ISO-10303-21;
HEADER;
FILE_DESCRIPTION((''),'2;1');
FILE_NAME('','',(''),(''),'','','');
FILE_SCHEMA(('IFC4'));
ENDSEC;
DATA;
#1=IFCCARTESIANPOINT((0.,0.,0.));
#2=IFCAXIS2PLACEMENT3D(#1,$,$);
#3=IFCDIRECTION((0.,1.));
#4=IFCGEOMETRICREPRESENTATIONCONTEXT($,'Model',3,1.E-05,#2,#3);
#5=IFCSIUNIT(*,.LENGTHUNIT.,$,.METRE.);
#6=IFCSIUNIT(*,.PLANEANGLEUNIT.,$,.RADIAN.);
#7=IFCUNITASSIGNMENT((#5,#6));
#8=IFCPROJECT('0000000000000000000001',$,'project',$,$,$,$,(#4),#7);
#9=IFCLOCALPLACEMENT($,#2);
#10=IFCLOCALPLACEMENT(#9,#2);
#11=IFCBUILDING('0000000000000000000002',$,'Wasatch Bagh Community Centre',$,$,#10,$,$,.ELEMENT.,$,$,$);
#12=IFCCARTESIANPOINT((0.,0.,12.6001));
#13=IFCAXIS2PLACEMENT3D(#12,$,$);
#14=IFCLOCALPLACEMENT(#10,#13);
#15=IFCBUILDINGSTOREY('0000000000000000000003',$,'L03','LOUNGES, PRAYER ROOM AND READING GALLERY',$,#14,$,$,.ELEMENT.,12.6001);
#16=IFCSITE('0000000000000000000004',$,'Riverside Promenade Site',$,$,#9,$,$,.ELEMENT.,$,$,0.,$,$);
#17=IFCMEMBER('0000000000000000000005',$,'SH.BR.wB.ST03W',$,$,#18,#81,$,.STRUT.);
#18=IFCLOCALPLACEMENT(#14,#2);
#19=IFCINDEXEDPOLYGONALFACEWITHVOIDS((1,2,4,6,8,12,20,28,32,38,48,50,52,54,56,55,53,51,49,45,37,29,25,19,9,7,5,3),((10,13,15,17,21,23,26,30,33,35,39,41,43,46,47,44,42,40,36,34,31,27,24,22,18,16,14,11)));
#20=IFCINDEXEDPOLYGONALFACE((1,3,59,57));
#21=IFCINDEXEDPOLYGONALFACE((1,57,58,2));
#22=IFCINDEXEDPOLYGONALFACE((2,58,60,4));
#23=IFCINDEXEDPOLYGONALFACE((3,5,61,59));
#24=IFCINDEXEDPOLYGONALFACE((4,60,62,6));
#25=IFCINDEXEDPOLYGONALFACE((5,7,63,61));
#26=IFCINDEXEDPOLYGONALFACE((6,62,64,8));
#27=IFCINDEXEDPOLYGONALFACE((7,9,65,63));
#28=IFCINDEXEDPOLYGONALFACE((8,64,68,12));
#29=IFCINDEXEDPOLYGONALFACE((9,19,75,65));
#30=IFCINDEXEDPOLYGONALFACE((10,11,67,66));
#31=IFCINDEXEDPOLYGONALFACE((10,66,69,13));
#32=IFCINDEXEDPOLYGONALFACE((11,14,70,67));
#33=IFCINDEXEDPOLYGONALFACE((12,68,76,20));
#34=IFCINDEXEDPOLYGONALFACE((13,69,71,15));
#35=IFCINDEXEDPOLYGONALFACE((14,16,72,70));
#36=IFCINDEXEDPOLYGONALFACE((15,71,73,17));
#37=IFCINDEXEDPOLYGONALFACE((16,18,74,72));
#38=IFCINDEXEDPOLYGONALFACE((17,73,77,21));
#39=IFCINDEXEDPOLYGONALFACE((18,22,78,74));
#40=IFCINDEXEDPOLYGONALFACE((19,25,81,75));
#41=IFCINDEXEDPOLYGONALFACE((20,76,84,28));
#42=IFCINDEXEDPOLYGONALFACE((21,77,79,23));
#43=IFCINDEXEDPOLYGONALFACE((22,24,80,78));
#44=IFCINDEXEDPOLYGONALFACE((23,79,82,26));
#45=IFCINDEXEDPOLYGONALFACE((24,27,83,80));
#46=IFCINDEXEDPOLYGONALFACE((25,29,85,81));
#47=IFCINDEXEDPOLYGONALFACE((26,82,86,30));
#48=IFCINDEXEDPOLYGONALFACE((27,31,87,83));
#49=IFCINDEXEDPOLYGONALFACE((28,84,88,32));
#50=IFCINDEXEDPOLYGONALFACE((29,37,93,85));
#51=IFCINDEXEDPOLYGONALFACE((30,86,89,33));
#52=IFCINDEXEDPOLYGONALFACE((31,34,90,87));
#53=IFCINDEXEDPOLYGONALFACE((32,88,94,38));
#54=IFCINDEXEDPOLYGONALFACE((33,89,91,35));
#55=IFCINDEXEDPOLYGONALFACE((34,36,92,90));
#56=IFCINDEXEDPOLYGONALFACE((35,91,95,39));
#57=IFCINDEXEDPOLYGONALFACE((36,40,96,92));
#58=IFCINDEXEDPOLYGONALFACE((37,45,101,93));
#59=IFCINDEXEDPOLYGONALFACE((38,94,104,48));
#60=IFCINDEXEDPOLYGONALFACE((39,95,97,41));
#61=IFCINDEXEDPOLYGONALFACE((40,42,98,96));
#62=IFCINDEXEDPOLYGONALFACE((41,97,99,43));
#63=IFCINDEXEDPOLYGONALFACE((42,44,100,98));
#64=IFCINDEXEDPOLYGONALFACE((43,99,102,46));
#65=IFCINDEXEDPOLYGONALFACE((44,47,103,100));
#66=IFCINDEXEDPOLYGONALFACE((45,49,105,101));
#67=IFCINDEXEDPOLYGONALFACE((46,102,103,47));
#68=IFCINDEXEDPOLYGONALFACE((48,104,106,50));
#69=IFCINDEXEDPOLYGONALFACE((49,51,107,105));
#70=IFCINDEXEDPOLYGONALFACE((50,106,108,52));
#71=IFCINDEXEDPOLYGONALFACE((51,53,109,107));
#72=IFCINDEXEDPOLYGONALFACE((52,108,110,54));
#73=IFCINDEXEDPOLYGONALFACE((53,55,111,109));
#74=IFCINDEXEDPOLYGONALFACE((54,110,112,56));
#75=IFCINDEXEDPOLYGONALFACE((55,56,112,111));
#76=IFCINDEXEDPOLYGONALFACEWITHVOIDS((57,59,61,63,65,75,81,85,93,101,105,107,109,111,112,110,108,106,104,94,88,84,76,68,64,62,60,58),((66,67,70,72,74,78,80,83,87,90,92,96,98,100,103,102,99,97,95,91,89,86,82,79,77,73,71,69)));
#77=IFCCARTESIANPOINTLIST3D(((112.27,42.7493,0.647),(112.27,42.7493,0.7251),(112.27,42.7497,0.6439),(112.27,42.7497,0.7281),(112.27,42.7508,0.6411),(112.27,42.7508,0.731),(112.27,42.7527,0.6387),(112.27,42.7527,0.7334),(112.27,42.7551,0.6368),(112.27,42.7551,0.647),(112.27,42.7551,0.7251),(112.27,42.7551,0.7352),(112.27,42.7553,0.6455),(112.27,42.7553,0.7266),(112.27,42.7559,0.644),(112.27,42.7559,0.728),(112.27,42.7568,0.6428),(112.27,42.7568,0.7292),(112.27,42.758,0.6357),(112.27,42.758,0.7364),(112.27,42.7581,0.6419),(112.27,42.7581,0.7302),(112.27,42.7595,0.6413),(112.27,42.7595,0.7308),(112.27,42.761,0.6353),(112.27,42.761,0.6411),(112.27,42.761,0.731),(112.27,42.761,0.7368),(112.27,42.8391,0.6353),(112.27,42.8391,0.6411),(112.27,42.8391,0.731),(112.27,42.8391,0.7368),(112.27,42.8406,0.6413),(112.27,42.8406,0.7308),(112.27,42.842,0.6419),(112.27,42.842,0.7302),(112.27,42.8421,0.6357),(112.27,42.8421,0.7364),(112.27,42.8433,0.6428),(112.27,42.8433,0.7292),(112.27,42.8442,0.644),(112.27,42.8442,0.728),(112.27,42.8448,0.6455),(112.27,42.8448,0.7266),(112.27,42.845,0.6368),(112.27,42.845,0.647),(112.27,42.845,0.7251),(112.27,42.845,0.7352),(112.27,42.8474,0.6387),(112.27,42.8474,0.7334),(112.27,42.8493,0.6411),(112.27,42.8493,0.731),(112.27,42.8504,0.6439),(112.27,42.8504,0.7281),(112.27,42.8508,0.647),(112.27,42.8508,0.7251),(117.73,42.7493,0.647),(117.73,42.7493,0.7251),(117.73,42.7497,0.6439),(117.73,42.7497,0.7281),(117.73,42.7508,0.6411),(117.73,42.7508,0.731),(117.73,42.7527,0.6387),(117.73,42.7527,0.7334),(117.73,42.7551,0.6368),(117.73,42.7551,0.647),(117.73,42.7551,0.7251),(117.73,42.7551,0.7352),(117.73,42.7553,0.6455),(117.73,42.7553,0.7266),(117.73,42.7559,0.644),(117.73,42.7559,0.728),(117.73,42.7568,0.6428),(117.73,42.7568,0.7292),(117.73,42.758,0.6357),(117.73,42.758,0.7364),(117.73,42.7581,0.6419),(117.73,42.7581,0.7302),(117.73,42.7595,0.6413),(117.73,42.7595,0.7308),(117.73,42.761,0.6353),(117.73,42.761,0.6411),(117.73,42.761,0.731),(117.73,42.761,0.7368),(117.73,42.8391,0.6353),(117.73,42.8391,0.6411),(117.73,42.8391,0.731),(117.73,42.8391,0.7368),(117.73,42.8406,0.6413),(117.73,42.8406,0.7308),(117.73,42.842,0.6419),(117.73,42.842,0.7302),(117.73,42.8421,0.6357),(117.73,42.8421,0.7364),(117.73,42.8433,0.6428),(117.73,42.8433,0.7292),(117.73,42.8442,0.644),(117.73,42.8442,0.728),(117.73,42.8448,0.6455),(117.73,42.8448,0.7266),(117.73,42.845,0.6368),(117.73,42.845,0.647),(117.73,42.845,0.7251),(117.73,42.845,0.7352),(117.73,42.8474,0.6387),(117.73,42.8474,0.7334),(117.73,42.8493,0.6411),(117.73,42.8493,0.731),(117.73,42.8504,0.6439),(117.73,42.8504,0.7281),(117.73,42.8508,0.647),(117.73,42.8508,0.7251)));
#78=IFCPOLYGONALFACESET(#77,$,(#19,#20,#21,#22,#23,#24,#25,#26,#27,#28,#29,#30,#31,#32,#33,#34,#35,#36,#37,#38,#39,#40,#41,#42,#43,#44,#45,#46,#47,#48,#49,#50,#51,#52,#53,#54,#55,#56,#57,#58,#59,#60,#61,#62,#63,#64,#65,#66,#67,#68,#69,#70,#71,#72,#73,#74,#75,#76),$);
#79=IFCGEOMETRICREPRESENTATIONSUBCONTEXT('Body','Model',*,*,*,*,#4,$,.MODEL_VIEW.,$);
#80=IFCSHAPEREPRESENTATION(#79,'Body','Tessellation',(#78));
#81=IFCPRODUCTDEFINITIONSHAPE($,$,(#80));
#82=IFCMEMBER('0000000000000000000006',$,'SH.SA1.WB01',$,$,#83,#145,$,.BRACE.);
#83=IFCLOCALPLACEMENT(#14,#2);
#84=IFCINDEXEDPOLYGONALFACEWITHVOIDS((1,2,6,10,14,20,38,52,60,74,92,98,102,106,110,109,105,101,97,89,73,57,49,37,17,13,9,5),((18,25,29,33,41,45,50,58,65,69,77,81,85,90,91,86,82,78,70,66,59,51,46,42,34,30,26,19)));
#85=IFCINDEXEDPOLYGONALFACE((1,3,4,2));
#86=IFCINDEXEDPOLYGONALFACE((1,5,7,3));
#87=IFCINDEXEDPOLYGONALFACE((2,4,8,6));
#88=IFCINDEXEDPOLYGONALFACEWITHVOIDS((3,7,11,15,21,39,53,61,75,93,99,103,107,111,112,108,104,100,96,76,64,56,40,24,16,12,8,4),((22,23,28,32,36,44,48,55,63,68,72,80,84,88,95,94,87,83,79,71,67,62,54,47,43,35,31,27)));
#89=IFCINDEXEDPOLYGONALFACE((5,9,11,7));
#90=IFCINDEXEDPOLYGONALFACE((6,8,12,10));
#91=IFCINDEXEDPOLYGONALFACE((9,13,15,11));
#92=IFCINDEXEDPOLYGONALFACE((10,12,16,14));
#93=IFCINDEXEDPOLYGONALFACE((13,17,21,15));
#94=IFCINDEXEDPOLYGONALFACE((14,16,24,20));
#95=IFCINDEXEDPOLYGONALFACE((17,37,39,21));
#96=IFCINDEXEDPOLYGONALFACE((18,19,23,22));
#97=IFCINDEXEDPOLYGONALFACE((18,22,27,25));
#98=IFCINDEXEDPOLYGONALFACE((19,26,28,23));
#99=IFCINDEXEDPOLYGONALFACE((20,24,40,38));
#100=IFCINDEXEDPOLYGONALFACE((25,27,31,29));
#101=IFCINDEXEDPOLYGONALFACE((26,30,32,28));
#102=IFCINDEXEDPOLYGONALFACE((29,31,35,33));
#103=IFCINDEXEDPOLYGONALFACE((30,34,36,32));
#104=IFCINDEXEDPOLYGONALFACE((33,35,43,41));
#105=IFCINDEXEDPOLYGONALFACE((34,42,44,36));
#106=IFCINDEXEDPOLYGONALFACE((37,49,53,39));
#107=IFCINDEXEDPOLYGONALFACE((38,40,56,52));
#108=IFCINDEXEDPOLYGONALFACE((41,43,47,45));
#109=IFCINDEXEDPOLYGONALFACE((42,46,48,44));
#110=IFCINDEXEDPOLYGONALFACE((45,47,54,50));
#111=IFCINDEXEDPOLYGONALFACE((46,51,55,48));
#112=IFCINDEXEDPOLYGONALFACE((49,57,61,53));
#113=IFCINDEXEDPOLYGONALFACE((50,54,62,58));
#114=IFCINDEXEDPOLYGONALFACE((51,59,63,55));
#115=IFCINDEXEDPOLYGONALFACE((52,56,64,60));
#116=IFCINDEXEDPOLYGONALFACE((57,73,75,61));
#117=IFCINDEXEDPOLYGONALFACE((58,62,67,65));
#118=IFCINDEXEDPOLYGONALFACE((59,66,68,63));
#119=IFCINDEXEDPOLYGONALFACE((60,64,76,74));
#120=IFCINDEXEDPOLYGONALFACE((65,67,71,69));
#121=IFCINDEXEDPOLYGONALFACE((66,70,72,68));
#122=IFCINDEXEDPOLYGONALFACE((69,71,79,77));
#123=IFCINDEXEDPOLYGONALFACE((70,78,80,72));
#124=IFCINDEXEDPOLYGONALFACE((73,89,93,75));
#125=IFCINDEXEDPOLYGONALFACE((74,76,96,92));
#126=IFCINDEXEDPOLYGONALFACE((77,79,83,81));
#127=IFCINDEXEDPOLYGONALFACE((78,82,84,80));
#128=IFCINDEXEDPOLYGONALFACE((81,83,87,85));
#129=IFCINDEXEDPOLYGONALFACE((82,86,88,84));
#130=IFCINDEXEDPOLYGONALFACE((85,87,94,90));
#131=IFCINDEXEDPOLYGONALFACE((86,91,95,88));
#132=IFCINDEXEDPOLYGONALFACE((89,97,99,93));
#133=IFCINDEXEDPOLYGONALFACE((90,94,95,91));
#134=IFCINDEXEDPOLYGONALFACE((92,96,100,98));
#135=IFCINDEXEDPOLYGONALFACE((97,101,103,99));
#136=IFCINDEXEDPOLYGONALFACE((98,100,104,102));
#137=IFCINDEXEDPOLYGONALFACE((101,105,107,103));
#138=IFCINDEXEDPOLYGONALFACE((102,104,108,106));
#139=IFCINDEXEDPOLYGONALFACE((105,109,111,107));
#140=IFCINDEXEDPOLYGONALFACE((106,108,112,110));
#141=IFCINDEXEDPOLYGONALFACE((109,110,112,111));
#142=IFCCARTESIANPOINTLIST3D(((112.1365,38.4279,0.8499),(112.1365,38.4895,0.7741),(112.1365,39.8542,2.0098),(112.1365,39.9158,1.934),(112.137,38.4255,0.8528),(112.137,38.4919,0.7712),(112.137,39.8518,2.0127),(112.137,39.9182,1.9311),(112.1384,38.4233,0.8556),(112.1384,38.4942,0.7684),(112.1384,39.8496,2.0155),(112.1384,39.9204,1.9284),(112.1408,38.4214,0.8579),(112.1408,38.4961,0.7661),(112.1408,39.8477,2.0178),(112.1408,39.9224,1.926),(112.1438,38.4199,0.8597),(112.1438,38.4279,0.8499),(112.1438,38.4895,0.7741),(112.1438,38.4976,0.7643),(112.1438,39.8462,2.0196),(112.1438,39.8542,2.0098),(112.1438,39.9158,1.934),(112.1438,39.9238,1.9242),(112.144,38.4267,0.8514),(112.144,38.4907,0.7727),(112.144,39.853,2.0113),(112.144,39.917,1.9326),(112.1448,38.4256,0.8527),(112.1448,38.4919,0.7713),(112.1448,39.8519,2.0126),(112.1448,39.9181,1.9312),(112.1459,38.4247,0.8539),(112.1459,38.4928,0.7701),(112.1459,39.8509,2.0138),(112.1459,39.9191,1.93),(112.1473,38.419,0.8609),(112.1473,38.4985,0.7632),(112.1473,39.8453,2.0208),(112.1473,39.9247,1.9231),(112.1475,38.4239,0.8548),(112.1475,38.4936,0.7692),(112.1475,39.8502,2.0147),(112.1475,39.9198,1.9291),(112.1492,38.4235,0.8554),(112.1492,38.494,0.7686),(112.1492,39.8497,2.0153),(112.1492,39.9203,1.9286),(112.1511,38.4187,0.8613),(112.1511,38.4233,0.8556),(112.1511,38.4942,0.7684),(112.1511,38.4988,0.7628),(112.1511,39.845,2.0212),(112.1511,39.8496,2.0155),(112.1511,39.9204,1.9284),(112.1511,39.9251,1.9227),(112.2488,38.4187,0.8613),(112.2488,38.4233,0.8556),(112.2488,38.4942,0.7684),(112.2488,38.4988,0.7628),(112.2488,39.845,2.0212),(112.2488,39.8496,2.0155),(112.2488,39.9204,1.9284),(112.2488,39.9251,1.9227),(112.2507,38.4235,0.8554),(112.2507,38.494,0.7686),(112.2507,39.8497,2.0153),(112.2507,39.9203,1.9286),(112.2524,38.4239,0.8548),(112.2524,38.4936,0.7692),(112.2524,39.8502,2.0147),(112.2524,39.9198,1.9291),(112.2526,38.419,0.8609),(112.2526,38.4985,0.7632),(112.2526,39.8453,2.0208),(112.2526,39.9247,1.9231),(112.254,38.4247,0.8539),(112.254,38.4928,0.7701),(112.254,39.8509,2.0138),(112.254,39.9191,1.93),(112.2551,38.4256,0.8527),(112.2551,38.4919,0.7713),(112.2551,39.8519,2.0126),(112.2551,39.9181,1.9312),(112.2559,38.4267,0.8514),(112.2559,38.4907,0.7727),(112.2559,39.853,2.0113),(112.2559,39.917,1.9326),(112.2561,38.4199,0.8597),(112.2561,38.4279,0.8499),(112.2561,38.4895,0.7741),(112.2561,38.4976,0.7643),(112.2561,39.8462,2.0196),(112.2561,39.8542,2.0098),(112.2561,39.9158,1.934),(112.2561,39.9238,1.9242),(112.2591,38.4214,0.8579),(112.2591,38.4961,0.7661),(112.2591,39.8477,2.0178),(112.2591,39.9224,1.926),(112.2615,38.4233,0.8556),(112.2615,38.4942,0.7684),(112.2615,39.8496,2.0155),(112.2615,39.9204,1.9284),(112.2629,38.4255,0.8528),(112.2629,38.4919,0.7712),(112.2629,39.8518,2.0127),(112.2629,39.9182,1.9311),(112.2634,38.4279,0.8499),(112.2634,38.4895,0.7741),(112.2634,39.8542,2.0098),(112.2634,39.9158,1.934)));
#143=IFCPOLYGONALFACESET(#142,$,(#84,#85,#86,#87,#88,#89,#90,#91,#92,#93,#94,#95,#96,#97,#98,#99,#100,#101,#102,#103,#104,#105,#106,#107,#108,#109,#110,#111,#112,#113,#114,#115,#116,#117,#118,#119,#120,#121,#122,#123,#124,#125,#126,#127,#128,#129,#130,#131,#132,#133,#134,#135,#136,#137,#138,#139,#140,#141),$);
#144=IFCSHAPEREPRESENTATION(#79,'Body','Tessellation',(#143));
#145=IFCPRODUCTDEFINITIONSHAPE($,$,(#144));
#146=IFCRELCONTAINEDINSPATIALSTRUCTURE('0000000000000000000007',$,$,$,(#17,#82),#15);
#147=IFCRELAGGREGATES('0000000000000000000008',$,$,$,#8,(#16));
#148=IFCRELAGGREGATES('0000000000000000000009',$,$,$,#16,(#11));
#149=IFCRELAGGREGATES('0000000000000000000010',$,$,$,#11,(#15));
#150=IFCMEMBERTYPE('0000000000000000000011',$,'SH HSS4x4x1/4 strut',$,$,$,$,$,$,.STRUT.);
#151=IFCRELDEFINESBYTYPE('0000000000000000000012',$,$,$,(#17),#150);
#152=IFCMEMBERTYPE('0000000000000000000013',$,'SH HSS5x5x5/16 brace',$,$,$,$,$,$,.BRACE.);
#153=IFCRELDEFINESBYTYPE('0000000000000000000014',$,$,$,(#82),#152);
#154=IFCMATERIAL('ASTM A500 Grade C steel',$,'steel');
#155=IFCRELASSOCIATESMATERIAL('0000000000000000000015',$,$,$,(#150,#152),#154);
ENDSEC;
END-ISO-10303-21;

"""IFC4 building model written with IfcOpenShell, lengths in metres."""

from ifc_helpers import new_model, si_unit, direction, frame, origin, origin_2d, place, context, subcontext, project, spatial, hollow_rectangle, extrude, material, material_profile, profile_set, type_object, element, save


model = new_model("IFC4")

# Units and contexts
model_context = context("Model", 3, precision=1e-05, world=origin(), true_north=direction((0.0, 1.0)))
body_context = subcontext(model_context, "Body", "Model", "MODEL_VIEW")
ifc_project = project(units=[si_unit("LENGTHUNIT", "METRE"), si_unit("PLANEANGLEUNIT", "RADIAN")], contexts=[model_context])

# Site, building, storey
site_placement = place(None, origin())
site = spatial("IfcSite", under=ifc_project, at=site_placement, Name="Riverside Promenade Site", CompositionType="ELEMENT", RefElevation=0.0)
building_placement = place(site_placement, origin())
building = spatial("IfcBuilding", under=site, at=building_placement, Name="Wasatch Bagh Community Centre", CompositionType="ELEMENT")
storey_placement = place(building_placement, frame((0.0, 0.0, 12.6001)))
storey = spatial("IfcBuildingStorey", under=building, at=storey_placement, Name="L03", Description="LOUNGES, PRAYER ROOM AND READING GALLERY", CompositionType="ELEMENT", Elevation=12.6001)

# Members
ifc_material_1 = material(Name="ASTM A500 Grade C steel", Category="steel")
ifc_material_profile_1 = material_profile(ifc_material_1, hollow_rectangle(XDim=0.1016, YDim=0.1016, WallThickness=0.0059, InnerFilletRadius=0.0059, OuterFilletRadius=0.0117, at=origin_2d()), Name="HSS4x4x1/4")
ifc_profile_set_1 = profile_set([ifc_material_profile_1], Name="ASTM A500 Grade C steel")
member_type_1 = type_object("IfcMemberType", Name="SH HSS4x4x1/4 strut", PredefinedType="STRUT", material=ifc_profile_set_1)
for number, where, z_axis, x_axis, name in (
    (1, (112.27, 42.8, 0.686), (1.0, 0.0, 0.0), (0.0, 1.0, 0.0), "SH.BR.wB.ST03W"),
):
    element("IfcMember", number, at=place(storey_placement, frame(where, z_axis=z_axis, x_axis=x_axis)), inside=storey, type_object=member_type_1, Name=name, PredefinedType="STRUT", context=body_context, shape_type="SweptSolid", body=[
        extrude(hollow_rectangle(XDim=0.1016, YDim=0.1016, WallThickness=0.0059, InnerFilletRadius=0.0059, OuterFilletRadius=0.0117, at=origin_2d()), origin(), (0.0, 0.0, 1.0), 5.46),
    ])
ifc_material_profile_2 = material_profile(ifc_material_1, hollow_rectangle(XDim=0.127, YDim=0.127, WallThickness=0.0073, InnerFilletRadius=0.0073, OuterFilletRadius=0.0146, at=origin_2d()), Name="HSS5x5x5/16")
ifc_profile_set_2 = profile_set([ifc_material_profile_2], Name="ASTM A500 Grade C steel")
member_type_2 = type_object("IfcMemberType", Name="SH HSS5x5x5/16 brace", PredefinedType="BRACE", material=ifc_profile_set_2)
member_1_placement = place(storey_placement, frame((112.2, 38.4587, 0.812), z_axis=(0.0, 0.77583, 0.630943), x_axis=(-1.0, 0.0, 0.0)))
element("IfcMember", 2, at=member_1_placement, inside=storey, type_object=member_type_2, Name="SH.SA1.WB01", PredefinedType="BRACE", context=body_context, shape_type="SweptSolid", body=[
    extrude(hollow_rectangle(XDim=0.127, YDim=0.127, WallThickness=0.0073, InnerFilletRadius=0.0073, OuterFilletRadius=0.0146, at=origin_2d()), origin(), (0.0, 0.0, 1.0), 1.8384),
])

save(model, "model.ifc")
